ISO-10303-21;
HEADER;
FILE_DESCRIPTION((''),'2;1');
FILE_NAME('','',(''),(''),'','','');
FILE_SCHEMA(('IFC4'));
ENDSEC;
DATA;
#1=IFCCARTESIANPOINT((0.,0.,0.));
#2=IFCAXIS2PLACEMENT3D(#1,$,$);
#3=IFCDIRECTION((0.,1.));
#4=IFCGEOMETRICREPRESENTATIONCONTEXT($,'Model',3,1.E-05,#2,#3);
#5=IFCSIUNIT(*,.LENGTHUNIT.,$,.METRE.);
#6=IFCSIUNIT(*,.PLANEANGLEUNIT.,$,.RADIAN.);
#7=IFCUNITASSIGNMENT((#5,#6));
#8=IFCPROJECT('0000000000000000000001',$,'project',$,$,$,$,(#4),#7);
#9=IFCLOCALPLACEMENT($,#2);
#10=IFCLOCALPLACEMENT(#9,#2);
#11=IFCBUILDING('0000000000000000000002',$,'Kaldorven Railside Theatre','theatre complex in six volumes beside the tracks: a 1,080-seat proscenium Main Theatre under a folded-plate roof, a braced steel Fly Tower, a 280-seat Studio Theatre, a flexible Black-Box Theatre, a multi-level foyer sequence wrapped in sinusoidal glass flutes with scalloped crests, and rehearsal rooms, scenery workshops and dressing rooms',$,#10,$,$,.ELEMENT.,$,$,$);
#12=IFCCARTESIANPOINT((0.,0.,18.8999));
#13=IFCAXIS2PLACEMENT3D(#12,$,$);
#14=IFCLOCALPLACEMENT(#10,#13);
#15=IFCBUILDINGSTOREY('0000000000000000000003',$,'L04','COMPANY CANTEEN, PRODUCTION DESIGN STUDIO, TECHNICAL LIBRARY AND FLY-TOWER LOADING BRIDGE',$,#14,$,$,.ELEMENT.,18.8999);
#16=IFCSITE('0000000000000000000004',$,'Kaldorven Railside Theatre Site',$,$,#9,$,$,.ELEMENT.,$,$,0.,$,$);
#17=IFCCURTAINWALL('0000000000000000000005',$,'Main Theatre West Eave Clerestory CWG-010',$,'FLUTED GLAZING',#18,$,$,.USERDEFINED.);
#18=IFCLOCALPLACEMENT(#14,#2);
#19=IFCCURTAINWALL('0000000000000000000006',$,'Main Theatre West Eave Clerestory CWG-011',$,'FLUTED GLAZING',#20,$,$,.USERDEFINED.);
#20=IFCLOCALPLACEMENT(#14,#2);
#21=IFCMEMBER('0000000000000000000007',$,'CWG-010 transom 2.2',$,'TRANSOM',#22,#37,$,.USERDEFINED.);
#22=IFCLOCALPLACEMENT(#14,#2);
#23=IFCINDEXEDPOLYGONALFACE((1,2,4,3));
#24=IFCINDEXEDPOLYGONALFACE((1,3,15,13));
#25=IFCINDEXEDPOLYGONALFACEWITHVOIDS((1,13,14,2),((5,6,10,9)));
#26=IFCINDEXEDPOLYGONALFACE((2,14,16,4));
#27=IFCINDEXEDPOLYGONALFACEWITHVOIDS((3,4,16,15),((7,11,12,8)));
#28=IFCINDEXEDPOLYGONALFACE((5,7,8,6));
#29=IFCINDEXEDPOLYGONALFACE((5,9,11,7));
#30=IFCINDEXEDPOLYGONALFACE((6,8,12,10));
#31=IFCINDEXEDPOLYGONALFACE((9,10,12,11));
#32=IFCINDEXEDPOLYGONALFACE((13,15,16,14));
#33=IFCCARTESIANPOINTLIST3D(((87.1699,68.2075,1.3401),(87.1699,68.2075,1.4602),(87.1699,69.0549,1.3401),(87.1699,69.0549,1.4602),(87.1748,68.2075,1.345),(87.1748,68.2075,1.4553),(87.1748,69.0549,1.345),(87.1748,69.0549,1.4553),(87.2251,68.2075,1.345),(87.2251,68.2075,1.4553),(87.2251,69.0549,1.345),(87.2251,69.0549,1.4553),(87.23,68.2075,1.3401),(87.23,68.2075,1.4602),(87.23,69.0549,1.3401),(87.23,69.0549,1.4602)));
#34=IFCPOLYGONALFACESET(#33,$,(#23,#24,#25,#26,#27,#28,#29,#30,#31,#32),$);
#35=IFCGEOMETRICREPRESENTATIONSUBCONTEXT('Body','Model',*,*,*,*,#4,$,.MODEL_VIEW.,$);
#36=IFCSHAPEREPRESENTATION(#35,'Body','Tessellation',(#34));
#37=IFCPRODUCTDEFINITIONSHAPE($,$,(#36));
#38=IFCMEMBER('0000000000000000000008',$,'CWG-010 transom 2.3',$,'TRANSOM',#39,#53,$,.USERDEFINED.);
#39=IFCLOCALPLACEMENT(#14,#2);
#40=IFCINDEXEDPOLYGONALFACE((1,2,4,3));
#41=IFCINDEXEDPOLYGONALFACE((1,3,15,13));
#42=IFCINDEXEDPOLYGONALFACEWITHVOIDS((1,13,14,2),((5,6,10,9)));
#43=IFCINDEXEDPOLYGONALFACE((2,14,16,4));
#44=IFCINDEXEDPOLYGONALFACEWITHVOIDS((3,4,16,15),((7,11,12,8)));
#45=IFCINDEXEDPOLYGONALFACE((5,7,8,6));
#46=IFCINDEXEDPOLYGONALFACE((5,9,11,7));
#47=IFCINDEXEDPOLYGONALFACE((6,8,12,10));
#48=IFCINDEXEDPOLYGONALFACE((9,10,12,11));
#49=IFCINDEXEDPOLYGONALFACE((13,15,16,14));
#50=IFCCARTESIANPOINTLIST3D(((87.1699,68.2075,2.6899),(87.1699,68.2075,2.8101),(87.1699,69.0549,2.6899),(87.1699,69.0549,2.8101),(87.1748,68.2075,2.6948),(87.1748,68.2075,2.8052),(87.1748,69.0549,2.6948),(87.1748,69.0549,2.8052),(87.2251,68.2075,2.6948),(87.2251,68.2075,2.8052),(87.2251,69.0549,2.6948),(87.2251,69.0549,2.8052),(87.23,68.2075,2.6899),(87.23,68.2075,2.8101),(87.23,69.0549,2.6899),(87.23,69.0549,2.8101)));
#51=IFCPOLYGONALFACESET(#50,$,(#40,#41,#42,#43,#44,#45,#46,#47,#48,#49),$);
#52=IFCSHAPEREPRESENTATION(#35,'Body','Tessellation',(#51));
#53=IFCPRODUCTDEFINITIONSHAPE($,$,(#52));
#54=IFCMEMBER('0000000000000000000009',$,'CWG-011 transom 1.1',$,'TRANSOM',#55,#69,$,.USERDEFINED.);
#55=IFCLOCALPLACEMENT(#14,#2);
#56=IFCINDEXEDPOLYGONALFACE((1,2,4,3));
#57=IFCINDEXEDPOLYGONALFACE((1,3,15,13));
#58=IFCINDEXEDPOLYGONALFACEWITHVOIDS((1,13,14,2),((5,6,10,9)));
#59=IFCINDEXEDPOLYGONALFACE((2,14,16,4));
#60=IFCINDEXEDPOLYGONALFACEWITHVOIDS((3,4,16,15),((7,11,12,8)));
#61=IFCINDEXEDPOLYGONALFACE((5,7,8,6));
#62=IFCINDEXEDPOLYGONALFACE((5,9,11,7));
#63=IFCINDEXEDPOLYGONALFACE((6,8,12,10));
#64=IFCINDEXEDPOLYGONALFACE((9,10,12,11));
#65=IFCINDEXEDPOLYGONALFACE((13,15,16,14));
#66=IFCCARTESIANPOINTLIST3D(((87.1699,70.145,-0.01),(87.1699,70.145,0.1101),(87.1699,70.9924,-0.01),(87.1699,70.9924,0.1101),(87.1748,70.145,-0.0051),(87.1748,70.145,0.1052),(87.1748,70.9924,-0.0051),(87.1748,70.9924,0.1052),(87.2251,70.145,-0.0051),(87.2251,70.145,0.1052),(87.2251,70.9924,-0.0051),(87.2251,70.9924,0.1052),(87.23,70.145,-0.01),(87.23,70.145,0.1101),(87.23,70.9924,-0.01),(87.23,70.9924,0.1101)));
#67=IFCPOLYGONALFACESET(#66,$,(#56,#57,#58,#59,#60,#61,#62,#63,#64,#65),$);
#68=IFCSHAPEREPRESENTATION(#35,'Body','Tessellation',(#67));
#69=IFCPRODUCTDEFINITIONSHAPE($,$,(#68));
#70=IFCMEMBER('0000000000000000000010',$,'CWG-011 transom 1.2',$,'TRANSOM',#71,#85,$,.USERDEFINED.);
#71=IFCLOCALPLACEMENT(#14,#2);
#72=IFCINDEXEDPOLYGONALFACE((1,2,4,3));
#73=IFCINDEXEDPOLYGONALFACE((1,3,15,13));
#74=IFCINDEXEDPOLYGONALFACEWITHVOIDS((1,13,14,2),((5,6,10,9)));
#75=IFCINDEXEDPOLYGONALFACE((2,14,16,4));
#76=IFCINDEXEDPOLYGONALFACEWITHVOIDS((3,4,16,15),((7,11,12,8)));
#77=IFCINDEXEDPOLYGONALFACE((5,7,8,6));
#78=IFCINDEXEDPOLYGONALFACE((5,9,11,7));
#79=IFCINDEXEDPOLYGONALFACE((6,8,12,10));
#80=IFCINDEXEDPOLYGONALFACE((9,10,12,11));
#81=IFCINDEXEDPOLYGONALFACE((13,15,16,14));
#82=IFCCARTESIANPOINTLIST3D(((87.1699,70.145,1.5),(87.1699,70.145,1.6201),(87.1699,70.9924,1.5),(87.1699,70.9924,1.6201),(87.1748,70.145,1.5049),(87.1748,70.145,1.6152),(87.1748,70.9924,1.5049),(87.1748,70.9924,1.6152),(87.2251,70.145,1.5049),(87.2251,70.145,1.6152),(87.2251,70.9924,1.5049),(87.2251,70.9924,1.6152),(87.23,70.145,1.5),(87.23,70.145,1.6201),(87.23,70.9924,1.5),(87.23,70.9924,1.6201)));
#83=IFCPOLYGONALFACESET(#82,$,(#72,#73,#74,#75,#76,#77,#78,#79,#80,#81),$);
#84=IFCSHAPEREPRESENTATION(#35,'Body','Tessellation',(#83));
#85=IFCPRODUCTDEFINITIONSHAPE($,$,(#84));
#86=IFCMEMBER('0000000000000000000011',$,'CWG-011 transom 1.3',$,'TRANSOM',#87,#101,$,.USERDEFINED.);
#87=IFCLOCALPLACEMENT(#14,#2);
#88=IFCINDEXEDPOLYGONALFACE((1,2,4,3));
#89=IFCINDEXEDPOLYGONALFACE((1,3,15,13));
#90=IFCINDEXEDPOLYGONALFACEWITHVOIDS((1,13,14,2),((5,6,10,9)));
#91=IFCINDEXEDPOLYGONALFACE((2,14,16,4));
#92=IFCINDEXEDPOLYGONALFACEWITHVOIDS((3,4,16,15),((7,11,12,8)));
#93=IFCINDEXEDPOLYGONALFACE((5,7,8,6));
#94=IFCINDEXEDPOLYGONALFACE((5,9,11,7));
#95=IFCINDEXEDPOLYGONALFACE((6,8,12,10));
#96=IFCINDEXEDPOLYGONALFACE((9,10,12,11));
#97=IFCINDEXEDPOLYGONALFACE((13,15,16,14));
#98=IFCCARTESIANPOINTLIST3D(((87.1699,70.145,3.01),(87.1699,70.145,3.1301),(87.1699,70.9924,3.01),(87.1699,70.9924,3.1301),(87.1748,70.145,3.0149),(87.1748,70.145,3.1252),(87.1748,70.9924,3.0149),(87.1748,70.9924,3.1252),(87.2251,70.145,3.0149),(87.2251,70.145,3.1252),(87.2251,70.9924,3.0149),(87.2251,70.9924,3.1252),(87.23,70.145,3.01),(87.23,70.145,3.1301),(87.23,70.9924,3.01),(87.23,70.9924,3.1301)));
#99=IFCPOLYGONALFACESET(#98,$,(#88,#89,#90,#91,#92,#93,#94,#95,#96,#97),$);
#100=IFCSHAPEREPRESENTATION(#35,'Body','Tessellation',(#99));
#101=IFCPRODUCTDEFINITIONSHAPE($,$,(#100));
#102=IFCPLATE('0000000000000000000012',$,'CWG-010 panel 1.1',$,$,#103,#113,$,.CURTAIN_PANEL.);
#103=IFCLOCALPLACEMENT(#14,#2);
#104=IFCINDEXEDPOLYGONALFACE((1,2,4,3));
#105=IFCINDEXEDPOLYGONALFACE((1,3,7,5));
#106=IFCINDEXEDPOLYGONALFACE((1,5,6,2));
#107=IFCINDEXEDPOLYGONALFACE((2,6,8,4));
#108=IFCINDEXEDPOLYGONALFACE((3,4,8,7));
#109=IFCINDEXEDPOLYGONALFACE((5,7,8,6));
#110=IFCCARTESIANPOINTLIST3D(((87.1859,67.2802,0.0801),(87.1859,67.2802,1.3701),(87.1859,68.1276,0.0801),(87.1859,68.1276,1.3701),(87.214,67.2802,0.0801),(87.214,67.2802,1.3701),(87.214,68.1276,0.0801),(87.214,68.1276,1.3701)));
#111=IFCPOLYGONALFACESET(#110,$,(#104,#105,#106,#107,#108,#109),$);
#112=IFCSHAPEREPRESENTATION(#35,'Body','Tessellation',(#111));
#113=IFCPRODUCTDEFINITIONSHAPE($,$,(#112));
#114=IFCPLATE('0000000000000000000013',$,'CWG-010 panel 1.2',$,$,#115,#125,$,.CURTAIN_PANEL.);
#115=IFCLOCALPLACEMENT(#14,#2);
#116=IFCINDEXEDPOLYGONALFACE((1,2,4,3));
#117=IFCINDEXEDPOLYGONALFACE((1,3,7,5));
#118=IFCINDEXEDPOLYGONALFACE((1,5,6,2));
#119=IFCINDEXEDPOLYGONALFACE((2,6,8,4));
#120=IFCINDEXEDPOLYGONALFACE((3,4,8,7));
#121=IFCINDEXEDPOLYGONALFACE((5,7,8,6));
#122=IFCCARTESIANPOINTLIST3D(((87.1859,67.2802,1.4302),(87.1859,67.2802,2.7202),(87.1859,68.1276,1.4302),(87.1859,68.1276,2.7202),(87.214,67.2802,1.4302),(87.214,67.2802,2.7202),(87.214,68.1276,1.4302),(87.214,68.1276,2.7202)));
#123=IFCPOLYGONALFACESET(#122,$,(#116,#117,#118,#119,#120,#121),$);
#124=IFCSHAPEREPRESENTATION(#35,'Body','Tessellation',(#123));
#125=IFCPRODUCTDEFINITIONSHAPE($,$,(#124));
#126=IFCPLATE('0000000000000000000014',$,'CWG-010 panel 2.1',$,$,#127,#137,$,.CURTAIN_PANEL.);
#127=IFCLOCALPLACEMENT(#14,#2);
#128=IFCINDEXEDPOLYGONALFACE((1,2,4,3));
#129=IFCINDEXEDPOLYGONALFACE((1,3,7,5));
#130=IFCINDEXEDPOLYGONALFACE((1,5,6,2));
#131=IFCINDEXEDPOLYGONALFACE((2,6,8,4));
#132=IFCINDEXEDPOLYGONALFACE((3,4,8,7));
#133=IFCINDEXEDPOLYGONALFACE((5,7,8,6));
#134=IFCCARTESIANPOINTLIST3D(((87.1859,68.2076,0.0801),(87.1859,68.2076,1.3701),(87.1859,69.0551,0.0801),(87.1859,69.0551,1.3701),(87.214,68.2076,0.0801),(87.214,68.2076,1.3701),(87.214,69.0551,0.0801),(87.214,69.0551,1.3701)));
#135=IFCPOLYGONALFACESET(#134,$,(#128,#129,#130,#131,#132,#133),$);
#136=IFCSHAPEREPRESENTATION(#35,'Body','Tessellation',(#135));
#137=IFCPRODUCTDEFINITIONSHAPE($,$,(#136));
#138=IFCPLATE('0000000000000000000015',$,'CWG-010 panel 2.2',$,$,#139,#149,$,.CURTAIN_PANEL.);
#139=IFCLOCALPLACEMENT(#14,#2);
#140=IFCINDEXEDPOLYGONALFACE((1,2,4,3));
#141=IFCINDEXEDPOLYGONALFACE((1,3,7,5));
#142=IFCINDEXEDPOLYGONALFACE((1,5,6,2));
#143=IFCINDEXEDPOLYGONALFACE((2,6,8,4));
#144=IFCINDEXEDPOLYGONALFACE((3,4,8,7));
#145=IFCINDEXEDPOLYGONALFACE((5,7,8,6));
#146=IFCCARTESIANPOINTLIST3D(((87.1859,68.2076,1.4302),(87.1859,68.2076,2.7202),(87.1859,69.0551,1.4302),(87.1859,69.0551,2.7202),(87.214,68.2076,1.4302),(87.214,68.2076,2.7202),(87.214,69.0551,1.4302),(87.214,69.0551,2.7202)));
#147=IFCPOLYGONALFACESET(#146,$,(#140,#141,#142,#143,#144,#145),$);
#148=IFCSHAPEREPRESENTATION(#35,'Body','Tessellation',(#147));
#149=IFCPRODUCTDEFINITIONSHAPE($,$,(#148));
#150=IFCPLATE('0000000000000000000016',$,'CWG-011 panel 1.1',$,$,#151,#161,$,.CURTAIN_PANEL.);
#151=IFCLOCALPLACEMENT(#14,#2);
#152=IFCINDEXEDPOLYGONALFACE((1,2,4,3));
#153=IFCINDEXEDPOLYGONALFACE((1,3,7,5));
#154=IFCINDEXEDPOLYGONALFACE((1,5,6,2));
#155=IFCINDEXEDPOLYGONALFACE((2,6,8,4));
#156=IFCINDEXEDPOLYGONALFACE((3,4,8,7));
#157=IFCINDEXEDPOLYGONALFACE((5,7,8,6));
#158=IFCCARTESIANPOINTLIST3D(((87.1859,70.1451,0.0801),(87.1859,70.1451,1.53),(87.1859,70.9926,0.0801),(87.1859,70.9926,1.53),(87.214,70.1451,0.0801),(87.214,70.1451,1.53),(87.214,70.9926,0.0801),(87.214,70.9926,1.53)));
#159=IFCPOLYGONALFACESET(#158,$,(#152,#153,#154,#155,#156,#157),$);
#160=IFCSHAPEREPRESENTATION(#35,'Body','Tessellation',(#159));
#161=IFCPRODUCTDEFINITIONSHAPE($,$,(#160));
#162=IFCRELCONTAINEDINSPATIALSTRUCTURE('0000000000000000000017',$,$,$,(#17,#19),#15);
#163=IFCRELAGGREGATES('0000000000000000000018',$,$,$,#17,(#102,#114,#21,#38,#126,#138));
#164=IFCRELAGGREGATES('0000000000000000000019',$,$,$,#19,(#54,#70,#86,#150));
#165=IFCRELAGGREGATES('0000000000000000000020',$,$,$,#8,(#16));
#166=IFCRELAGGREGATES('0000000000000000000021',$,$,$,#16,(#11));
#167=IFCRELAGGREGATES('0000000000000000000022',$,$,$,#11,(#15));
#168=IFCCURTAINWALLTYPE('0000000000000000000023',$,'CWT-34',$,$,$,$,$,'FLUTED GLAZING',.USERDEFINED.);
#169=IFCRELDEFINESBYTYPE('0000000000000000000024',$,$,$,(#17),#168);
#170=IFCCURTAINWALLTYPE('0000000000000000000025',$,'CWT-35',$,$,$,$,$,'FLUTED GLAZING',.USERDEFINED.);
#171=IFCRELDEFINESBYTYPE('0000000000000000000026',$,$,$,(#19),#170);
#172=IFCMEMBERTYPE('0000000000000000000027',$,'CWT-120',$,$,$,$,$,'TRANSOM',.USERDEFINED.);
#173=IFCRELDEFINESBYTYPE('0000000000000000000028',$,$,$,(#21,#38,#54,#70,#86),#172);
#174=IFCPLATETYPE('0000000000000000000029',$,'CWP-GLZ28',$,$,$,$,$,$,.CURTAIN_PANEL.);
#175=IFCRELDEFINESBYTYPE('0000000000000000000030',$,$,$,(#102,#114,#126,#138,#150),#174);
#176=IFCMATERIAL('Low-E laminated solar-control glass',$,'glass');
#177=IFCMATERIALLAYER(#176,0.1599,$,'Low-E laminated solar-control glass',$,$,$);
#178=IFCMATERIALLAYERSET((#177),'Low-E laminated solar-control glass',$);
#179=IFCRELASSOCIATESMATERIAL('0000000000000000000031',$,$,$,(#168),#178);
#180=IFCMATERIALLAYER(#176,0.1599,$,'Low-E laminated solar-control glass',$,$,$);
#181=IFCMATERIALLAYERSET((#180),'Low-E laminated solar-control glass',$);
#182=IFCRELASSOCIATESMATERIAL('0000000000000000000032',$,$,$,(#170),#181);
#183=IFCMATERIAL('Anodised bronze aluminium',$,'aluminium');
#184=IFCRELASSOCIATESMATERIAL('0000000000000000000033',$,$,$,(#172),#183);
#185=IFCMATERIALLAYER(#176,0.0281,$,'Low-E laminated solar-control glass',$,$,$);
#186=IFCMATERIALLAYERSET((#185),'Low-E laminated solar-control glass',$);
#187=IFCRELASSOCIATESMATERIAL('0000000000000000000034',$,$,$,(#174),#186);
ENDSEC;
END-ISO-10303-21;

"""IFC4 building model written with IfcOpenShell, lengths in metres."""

from ifc_helpers import new_model, si_unit, direction, frame, origin, origin_2d, place, context, subcontext, project, spatial, rectangle, hollow_rectangle, extrude, material, layer, layer_set, material_profile, profile_set, type_object, element, aggregate, save


model = new_model("IFC4")

# Units and contexts
model_context = context("Model", 3, precision=1e-05, world=origin(), true_north=direction((0.0, 1.0)))
body_context = subcontext(model_context, "Body", "Model", "MODEL_VIEW")
ifc_project = project(units=[si_unit("LENGTHUNIT", "METRE"), si_unit("PLANEANGLEUNIT", "RADIAN")], contexts=[model_context])

# Site, building, storey
site_placement = place(None, origin())
site = spatial("IfcSite", under=ifc_project, at=site_placement, Name="Kaldorven Railside Theatre Site", CompositionType="ELEMENT", RefElevation=0.0)
building_placement = place(site_placement, origin())
building = spatial("IfcBuilding", under=site, at=building_placement, Name="Kaldorven Railside Theatre", Description="theatre complex in six volumes beside the tracks: a 1,080-seat proscenium Main Theatre under a folded-plate roof, a braced steel Fly Tower, a 280-seat Studio Theatre, a flexible Black-Box Theatre, a multi-level foyer sequence wrapped in sinusoidal glass flutes with scalloped crests, and rehearsal rooms, scenery workshops and dressing rooms", CompositionType="ELEMENT")
storey_placement = place(building_placement, frame((0.0, 0.0, 18.8999)))
storey = spatial("IfcBuildingStorey", under=building, at=storey_placement, Name="L04", Description="COMPANY CANTEEN, PRODUCTION DESIGN STUDIO, TECHNICAL LIBRARY AND FLY-TOWER LOADING BRIDGE", CompositionType="ELEMENT", Elevation=18.8999)

# Curtain wall
ifc_material_1 = material(Name="Low-E laminated solar-control glass", Category="glass")
ifc_layer_1 = layer(ifc_material_1, 0.1599, Name="Low-E laminated solar-control glass")
ifc_layer_set_1 = layer_set([ifc_layer_1], Name="Low-E laminated solar-control glass")
curtain_wall_type_1 = type_object("IfcCurtainWallType", Name="CWT-34", ElementType="FLUTED GLAZING", PredefinedType="USERDEFINED", material=ifc_layer_set_1)
curtain_wall_1_placement = place(storey_placement, origin())
curtain_wall_1 = element("IfcCurtainWall", 1, at=curtain_wall_1_placement, inside=storey, type_object=curtain_wall_type_1, Name="Main Theatre West Eave Clerestory CWG-010", ObjectType="FLUTED GLAZING", PredefinedType="USERDEFINED")
ifc_material_2 = material(Name="Anodised bronze aluminium", Category="aluminium")

# Curtain wall
ifc_layer_2 = layer(ifc_material_1, 0.1599, Name="Low-E laminated solar-control glass")
ifc_layer_set_2 = layer_set([ifc_layer_2], Name="Low-E laminated solar-control glass")
curtain_wall_type_2 = type_object("IfcCurtainWallType", Name="CWT-35", ElementType="FLUTED GLAZING", PredefinedType="USERDEFINED", material=ifc_layer_set_2)
curtain_wall_2_placement = place(storey_placement, origin())
curtain_wall_2 = element("IfcCurtainWall", 2, at=curtain_wall_2_placement, inside=storey, type_object=curtain_wall_type_2, Name="Main Theatre West Eave Clerestory CWG-011", ObjectType="FLUTED GLAZING", PredefinedType="USERDEFINED")

# Members
ifc_material_profile_1 = material_profile(ifc_material_2, hollow_rectangle(XDim=0.0601, YDim=0.1201, WallThickness=0.0049, at=origin_2d()), Name="RHS 120x60x5")
ifc_profile_set_1 = profile_set([ifc_material_profile_1], Name="Anodised bronze aluminium")
member_type_1 = type_object("IfcMemberType", Name="CWT-120", ElementType="TRANSOM", PredefinedType="USERDEFINED", material=ifc_profile_set_1)
member_1_placement = place(storey_placement, frame((87.2, 68.2075, 1.4001), z_axis=(0.0, 1.0, 0.0), x_axis=(-1.0, 0.0, 0.0)))
member_1 = element("IfcMember", 3, at=member_1_placement, type_object=member_type_1, Name="CWG-010 transom 2.2", ObjectType="TRANSOM", PredefinedType="USERDEFINED", context=body_context, shape_type="SweptSolid", body=[
    extrude(hollow_rectangle(XDim=0.0601, YDim=0.1201, WallThickness=0.0049, at=origin_2d()), origin(), (0.0, 0.0, 1.0), 0.8474),
])
member_2_placement = place(storey_placement, frame((87.2, 68.2075, 2.75), z_axis=(0.0, 1.0, 0.0), x_axis=(-1.0, 0.0, 0.0)))
member_2 = element("IfcMember", 4, at=member_2_placement, type_object=member_type_1, Name="CWG-010 transom 2.3", ObjectType="TRANSOM", PredefinedType="USERDEFINED", context=body_context, shape_type="SweptSolid", body=[
    extrude(hollow_rectangle(XDim=0.0601, YDim=0.1201, WallThickness=0.0049, at=origin_2d()), origin(), (0.0, 0.0, 1.0), 0.8474),
])
member_3_placement = place(storey_placement, frame((87.2, 70.145, 0.05), z_axis=(0.0, 1.0, 0.0), x_axis=(-1.0, 0.0, 0.0)))
member_3 = element("IfcMember", 5, at=member_3_placement, type_object=member_type_1, Name="CWG-011 transom 1.1", ObjectType="TRANSOM", PredefinedType="USERDEFINED", context=body_context, shape_type="SweptSolid", body=[
    extrude(hollow_rectangle(XDim=0.0601, YDim=0.1201, WallThickness=0.0049, at=origin_2d()), origin(), (0.0, 0.0, 1.0), 0.8474),
])
member_4_placement = place(storey_placement, frame((87.2, 70.145, 1.5601), z_axis=(0.0, 1.0, 0.0), x_axis=(-1.0, 0.0, 0.0)))
member_4 = element("IfcMember", 6, at=member_4_placement, type_object=member_type_1, Name="CWG-011 transom 1.2", ObjectType="TRANSOM", PredefinedType="USERDEFINED", context=body_context, shape_type="SweptSolid", body=[
    extrude(hollow_rectangle(XDim=0.0601, YDim=0.1201, WallThickness=0.0049, at=origin_2d()), origin(), (0.0, 0.0, 1.0), 0.8474),
])
member_5_placement = place(storey_placement, frame((87.2, 70.145, 3.0701), z_axis=(0.0, 1.0, 0.0), x_axis=(-1.0, 0.0, 0.0)))
member_5 = element("IfcMember", 7, at=member_5_placement, type_object=member_type_1, Name="CWG-011 transom 1.3", ObjectType="TRANSOM", PredefinedType="USERDEFINED", context=body_context, shape_type="SweptSolid", body=[
    extrude(hollow_rectangle(XDim=0.0601, YDim=0.1201, WallThickness=0.0049, at=origin_2d()), origin(), (0.0, 0.0, 1.0), 0.8474),
])

# Plates
ifc_layer_3 = layer(ifc_material_1, 0.0281, Name="Low-E laminated solar-control glass")
ifc_layer_set_3 = layer_set([ifc_layer_3], Name="Low-E laminated solar-control glass")
plate_type = type_object("IfcPlateType", Name="CWP-GLZ28", PredefinedType="CURTAIN_PANEL", material=ifc_layer_set_3)
plate_1_placement = place(storey_placement, frame((87.2, 67.7039, 0.0801), z_axis=(0.0, 0.0, 1.0), x_axis=(0.0, 1.0, 0.0)))
plate_1 = element("IfcPlate", 8, at=plate_1_placement, type_object=plate_type, Name="CWG-010 panel 1.1", PredefinedType="CURTAIN_PANEL", context=body_context, shape_type="SweptSolid", body=[
    extrude(rectangle(XDim=0.8474, YDim=0.0281, at=origin_2d()), origin(), (0.0, 0.0, 1.0), 1.29),
])
plate_2_placement = place(storey_placement, frame((87.2, 67.7039, 1.4302), z_axis=(0.0, 0.0, 1.0), x_axis=(0.0, 1.0, 0.0)))
plate_2 = element("IfcPlate", 9, at=plate_2_placement, type_object=plate_type, Name="CWG-010 panel 1.2", PredefinedType="CURTAIN_PANEL", context=body_context, shape_type="SweptSolid", body=[
    extrude(rectangle(XDim=0.8474, YDim=0.0281, at=origin_2d()), origin(), (0.0, 0.0, 1.0), 1.29),
])
plate_3_placement = place(storey_placement, frame((87.2, 68.6313, 0.0801), z_axis=(0.0, 0.0, 1.0), x_axis=(0.0, 1.0, 0.0)))
plate_3 = element("IfcPlate", 10, at=plate_3_placement, type_object=plate_type, Name="CWG-010 panel 2.1", PredefinedType="CURTAIN_PANEL", context=body_context, shape_type="SweptSolid", body=[
    extrude(rectangle(XDim=0.8474, YDim=0.0281, at=origin_2d()), origin(), (0.0, 0.0, 1.0), 1.29),
])
plate_4_placement = place(storey_placement, frame((87.2, 68.6313, 1.4302), z_axis=(0.0, 0.0, 1.0), x_axis=(0.0, 1.0, 0.0)))
plate_4 = element("IfcPlate", 11, at=plate_4_placement, type_object=plate_type, Name="CWG-010 panel 2.2", PredefinedType="CURTAIN_PANEL", context=body_context, shape_type="SweptSolid", body=[
    extrude(rectangle(XDim=0.8474, YDim=0.0281, at=origin_2d()), origin(), (0.0, 0.0, 1.0), 1.29),
])
aggregate(curtain_wall_1, [plate_1, plate_2, member_1, member_2, plate_3, plate_4])
plate_5_placement = place(storey_placement, frame((87.2, 70.5688, 0.0801), z_axis=(0.0, 0.0, 1.0), x_axis=(0.0, 1.0, 0.0)))
plate_5 = element("IfcPlate", 12, at=plate_5_placement, type_object=plate_type, Name="CWG-011 panel 1.1", PredefinedType="CURTAIN_PANEL", context=body_context, shape_type="SweptSolid", body=[
    extrude(rectangle(XDim=0.8474, YDim=0.0281, at=origin_2d()), origin(), (0.0, 0.0, 1.0), 1.45),
])
aggregate(curtain_wall_2, [member_3, member_4, member_5, plate_5])

save(model, "model.ifc")
